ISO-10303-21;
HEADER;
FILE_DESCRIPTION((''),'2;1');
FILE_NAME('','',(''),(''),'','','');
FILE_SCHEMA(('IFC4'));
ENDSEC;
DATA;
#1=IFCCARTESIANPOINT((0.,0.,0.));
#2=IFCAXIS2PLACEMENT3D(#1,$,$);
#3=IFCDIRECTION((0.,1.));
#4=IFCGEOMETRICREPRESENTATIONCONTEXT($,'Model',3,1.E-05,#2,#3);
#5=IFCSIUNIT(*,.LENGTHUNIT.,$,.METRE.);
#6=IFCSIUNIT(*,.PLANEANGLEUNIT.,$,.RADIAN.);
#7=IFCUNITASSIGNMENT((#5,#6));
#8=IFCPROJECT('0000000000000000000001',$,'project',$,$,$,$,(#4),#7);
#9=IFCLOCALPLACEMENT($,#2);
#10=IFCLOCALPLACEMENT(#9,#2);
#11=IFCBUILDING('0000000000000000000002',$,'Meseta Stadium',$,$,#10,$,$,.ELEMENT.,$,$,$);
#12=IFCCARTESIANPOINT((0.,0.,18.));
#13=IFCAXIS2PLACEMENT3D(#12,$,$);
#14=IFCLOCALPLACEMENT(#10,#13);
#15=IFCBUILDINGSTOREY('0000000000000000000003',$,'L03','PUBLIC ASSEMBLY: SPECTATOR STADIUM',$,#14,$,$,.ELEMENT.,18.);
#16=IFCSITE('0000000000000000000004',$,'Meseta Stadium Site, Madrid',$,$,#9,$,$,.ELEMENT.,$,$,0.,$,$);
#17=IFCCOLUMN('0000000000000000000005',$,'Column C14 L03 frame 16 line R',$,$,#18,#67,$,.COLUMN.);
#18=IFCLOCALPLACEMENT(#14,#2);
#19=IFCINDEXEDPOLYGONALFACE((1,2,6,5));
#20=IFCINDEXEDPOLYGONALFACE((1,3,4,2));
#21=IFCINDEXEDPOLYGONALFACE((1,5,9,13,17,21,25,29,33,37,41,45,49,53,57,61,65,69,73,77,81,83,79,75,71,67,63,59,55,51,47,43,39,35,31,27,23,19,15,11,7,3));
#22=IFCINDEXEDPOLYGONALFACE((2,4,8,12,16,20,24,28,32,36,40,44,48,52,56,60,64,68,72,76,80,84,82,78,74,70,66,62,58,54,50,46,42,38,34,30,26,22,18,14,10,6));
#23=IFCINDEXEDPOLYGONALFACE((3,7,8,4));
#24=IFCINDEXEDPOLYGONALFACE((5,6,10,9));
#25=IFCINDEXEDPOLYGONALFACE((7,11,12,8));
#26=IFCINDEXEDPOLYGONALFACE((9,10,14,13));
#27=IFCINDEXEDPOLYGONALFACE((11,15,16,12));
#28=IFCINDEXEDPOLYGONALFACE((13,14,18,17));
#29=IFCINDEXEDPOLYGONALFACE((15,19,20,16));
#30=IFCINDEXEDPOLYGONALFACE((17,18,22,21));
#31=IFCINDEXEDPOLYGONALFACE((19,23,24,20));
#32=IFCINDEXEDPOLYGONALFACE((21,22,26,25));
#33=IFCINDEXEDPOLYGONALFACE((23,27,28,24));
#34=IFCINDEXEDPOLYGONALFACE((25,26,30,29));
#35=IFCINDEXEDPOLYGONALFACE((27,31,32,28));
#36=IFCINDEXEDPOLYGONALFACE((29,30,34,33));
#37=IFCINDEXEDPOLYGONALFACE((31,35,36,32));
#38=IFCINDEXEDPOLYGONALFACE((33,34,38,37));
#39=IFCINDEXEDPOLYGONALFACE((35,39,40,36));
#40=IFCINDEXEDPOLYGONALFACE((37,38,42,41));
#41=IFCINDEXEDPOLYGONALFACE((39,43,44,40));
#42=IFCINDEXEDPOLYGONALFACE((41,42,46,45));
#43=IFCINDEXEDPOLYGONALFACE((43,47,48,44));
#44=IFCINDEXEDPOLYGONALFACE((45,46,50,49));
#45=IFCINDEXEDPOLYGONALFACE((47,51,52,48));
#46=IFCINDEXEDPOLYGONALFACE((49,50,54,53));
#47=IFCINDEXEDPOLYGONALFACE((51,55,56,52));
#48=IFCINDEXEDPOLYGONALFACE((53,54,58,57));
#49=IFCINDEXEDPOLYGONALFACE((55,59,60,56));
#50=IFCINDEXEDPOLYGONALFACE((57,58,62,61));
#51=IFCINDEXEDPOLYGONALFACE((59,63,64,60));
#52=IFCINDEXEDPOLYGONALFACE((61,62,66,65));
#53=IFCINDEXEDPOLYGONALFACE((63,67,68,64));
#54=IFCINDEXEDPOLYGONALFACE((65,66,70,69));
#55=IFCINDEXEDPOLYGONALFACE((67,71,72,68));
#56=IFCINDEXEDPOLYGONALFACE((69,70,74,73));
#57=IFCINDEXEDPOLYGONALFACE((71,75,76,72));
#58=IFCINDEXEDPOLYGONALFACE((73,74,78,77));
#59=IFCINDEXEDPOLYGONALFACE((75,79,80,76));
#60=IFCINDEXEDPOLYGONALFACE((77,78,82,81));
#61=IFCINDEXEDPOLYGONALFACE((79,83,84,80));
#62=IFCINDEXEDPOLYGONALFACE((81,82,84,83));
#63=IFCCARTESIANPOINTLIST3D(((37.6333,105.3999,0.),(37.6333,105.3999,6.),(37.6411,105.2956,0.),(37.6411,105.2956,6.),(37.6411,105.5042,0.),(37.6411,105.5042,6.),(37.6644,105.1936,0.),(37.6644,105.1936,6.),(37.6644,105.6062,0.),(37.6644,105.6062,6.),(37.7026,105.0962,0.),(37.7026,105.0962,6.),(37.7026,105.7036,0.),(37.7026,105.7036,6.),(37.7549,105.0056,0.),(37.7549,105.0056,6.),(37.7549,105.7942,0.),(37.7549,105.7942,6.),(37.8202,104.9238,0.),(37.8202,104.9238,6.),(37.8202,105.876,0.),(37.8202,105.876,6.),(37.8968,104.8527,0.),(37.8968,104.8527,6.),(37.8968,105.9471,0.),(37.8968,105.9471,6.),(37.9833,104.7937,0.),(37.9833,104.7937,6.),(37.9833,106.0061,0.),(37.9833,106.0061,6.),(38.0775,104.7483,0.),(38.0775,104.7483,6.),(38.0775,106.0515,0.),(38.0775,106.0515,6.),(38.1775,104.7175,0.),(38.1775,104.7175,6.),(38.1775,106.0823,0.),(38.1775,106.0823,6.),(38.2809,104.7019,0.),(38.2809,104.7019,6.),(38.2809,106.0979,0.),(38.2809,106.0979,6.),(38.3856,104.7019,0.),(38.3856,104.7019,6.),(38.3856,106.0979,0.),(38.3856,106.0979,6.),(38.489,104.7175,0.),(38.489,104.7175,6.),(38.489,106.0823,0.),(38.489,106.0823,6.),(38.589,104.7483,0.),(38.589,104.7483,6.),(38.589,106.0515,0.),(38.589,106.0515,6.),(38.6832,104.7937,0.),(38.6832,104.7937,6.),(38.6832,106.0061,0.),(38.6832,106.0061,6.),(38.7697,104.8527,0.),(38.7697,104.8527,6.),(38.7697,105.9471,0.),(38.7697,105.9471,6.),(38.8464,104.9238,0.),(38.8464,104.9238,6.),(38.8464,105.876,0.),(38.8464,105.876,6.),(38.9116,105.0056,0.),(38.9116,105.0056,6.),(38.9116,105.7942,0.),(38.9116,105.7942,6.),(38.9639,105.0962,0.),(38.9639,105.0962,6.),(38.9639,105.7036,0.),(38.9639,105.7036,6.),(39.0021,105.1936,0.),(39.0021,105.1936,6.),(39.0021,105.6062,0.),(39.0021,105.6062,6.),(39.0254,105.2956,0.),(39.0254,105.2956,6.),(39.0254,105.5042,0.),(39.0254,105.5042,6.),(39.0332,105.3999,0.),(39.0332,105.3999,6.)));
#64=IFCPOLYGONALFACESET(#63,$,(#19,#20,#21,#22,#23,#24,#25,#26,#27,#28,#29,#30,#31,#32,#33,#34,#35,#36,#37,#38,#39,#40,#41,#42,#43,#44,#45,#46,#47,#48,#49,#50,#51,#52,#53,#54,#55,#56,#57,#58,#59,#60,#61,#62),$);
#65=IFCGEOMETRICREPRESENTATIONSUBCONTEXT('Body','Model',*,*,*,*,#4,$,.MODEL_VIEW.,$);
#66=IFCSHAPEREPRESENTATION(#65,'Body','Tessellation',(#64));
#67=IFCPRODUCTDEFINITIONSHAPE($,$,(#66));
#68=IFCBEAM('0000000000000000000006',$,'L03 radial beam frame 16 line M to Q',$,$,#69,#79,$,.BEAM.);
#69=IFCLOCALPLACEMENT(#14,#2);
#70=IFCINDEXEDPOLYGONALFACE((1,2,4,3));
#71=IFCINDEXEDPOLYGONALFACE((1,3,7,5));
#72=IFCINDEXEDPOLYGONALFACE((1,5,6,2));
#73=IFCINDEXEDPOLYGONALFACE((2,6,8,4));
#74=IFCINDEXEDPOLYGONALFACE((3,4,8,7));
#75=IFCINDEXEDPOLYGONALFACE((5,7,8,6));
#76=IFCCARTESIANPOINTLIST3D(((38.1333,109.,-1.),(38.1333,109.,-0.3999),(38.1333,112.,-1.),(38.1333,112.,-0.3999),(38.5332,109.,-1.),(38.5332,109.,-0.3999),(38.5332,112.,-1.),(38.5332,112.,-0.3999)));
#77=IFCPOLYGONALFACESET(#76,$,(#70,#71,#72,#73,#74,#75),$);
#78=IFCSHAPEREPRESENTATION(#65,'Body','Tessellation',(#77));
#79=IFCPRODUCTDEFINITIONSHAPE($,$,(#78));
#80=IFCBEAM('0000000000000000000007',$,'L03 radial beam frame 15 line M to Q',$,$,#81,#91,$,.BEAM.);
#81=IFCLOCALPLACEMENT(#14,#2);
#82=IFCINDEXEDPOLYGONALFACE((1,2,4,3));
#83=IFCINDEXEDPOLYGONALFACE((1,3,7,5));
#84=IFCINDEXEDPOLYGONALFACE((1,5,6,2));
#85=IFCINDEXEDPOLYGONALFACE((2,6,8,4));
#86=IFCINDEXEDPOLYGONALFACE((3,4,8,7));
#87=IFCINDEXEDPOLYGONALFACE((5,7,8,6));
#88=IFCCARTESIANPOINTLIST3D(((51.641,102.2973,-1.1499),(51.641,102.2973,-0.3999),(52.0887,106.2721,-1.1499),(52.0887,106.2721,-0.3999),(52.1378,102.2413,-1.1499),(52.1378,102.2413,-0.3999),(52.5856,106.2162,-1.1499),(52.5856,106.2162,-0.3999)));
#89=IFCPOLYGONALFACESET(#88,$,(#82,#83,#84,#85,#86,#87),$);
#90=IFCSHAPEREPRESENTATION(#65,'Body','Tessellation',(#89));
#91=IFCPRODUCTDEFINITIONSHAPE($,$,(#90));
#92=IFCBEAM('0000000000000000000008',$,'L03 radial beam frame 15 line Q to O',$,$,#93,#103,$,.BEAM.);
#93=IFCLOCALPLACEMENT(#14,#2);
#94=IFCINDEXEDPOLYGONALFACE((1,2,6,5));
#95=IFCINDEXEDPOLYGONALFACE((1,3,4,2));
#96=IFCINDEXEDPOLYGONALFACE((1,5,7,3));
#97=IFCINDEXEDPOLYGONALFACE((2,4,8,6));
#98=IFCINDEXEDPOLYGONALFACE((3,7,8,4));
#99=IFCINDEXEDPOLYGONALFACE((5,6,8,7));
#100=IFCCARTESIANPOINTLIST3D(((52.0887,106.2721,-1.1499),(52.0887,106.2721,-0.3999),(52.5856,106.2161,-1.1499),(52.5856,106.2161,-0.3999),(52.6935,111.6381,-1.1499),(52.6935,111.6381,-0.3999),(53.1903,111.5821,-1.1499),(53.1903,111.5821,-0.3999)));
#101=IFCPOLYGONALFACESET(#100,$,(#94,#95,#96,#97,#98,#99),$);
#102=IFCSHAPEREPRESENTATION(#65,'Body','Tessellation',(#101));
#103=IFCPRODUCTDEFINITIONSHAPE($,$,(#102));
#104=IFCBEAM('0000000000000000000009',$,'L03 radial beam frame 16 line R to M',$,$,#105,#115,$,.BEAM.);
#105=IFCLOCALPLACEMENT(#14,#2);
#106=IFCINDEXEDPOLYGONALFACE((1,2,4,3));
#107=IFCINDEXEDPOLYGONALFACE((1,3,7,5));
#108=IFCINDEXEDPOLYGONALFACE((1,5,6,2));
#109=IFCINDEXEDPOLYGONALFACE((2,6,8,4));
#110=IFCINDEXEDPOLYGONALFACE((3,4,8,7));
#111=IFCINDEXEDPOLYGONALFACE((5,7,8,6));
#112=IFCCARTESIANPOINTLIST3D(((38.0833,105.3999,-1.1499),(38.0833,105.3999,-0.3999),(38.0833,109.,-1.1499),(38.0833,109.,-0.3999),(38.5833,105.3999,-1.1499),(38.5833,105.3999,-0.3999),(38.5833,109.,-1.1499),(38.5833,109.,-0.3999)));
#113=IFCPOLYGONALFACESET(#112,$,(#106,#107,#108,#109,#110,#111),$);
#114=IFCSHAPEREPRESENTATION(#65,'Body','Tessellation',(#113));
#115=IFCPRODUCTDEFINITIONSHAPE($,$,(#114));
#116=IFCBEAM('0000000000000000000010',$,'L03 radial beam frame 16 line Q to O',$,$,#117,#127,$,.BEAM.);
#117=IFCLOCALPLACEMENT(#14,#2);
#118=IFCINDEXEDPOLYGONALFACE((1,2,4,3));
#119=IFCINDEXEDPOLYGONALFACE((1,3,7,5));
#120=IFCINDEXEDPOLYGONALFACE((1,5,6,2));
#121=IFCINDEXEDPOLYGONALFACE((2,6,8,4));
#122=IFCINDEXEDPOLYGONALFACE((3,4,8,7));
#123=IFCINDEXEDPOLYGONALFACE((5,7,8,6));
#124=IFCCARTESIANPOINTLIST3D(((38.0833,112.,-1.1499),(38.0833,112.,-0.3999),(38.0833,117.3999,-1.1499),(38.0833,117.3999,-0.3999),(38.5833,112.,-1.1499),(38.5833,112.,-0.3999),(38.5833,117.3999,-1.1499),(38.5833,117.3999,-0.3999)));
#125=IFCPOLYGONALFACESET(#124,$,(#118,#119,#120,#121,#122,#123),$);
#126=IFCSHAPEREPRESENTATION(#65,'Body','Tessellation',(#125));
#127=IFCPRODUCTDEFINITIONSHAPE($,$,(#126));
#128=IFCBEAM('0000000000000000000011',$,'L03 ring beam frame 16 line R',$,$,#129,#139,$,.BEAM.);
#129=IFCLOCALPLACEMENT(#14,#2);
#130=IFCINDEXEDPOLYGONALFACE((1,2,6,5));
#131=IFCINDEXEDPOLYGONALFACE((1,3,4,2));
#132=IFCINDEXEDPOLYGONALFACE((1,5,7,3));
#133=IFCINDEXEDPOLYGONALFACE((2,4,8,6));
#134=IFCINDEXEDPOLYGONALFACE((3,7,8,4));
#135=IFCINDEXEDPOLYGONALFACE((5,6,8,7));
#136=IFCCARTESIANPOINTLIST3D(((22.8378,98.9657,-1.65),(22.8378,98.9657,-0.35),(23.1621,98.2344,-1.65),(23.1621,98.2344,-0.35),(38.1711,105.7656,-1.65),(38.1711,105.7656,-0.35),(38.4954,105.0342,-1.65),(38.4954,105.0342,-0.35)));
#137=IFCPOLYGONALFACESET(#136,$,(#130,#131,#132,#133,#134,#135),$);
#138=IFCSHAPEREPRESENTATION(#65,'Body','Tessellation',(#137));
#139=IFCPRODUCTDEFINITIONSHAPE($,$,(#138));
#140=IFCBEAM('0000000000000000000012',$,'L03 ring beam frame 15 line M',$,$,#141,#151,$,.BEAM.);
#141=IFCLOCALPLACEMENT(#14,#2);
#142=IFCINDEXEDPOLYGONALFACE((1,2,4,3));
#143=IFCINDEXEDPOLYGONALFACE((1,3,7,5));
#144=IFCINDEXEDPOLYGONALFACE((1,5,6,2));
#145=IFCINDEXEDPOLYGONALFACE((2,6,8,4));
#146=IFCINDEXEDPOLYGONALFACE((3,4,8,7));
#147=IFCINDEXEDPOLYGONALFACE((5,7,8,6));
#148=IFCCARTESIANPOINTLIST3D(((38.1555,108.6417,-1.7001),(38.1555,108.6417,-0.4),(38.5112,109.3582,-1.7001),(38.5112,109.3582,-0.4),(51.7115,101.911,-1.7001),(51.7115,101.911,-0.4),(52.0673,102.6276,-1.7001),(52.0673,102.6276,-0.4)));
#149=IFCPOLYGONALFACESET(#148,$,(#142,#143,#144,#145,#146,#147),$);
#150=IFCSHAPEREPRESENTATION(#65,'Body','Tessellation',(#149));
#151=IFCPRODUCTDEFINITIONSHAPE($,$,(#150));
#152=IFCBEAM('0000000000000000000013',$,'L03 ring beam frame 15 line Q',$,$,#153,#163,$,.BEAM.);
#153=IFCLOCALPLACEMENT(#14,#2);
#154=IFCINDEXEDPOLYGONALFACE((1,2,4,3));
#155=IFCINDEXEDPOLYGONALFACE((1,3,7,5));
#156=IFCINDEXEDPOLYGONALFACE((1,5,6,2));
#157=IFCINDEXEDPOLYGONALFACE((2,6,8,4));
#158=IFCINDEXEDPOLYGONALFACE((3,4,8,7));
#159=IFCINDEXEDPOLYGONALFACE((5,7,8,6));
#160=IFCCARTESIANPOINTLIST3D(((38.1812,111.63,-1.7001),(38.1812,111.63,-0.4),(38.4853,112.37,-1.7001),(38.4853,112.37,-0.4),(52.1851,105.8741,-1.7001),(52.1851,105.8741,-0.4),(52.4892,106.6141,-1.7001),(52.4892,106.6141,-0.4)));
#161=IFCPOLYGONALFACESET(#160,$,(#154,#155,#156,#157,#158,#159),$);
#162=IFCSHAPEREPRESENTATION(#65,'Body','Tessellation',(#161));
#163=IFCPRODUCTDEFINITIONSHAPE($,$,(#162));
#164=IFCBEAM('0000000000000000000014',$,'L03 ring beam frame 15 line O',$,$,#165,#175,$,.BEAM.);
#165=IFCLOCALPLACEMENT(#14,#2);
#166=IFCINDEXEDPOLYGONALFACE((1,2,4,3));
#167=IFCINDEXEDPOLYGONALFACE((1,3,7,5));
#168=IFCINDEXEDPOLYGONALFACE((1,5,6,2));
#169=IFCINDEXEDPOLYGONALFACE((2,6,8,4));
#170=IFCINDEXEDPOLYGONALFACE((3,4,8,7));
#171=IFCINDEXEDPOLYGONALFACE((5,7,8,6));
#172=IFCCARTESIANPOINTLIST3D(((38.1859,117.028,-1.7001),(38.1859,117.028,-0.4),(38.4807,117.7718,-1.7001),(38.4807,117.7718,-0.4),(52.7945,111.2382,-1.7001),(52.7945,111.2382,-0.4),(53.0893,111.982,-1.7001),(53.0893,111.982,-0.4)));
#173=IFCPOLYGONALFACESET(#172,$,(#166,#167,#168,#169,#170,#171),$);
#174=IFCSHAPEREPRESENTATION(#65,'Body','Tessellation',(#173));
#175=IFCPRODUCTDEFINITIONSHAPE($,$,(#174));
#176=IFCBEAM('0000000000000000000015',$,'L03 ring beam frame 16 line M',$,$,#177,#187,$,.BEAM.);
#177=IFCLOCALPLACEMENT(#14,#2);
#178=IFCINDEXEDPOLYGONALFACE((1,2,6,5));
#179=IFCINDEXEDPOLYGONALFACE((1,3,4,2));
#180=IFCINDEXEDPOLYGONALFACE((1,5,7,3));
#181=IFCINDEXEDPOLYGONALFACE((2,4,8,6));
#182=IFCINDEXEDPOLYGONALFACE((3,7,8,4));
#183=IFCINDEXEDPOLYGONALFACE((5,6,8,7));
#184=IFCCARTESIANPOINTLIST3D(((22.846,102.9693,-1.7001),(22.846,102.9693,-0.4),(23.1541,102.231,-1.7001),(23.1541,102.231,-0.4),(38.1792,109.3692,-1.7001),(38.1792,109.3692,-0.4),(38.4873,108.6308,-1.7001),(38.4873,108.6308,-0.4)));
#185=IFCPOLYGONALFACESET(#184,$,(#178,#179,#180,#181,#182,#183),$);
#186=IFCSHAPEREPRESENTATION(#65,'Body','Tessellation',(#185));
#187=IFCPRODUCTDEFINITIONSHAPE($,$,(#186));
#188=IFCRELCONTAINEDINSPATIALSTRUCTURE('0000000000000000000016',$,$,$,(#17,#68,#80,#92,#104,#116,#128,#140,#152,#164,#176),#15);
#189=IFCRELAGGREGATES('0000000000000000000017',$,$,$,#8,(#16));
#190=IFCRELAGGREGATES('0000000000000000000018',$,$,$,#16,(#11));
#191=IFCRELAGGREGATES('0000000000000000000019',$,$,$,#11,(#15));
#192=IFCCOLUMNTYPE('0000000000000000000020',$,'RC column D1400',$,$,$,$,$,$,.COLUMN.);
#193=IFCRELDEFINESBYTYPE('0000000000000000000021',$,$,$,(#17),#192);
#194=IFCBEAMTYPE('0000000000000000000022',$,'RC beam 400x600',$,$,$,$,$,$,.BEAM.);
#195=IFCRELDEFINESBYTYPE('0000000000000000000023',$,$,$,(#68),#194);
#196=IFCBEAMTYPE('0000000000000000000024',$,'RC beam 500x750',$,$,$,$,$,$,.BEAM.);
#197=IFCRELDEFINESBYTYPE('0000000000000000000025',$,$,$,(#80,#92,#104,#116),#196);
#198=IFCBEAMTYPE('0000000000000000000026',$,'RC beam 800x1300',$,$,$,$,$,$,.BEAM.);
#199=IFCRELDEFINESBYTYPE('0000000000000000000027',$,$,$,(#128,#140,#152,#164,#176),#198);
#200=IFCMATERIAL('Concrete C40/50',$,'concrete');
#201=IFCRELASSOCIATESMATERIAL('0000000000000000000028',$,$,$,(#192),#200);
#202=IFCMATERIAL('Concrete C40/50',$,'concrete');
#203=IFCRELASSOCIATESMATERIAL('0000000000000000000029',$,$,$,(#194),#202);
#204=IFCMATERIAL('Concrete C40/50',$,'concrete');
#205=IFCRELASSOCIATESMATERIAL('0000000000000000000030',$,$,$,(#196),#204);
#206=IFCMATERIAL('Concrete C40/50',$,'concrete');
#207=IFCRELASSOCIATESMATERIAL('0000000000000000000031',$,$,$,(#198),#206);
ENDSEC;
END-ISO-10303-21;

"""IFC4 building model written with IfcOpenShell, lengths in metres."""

from ifc_helpers import new_model, si_unit, direction, frame, origin, origin_2d, place, context, subcontext, project, spatial, rectangle, circle, extrude, material, material_profile, profile_set, type_object, element, save


model = new_model("IFC4")

# Units and contexts
model_context = context("Model", 3, precision=1e-05, world=origin(), true_north=direction((0.0, 1.0)))
body_context = subcontext(model_context, "Body", "Model", "MODEL_VIEW")
ifc_project = project(units=[si_unit("LENGTHUNIT", "METRE"), si_unit("PLANEANGLEUNIT", "RADIAN")], contexts=[model_context])

# Site, building, storey
site_placement = place(None, origin())
site = spatial("IfcSite", under=ifc_project, at=site_placement, Name="Meseta Stadium Site, Madrid", CompositionType="ELEMENT", RefElevation=0.0)
building_placement = place(site_placement, origin())
building = spatial("IfcBuilding", under=site, at=building_placement, Name="Meseta Stadium", CompositionType="ELEMENT")
storey_placement = place(building_placement, frame((0.0, 0.0, 18.0)))
storey = spatial("IfcBuildingStorey", under=building, at=storey_placement, Name="L03", Description="PUBLIC ASSEMBLY: SPECTATOR STADIUM", CompositionType="ELEMENT", Elevation=18.0)

# Column
ifc_material_1 = material(Name="Concrete C40/50", Category="concrete")
ifc_material_profile_1 = material_profile(ifc_material_1, circle(Radius=0.7, at=origin_2d()), Name="RC D1400")
ifc_profile_set_1 = profile_set([ifc_material_profile_1], Name="Concrete C40/50")
column_type = type_object("IfcColumnType", Name="RC column D1400", PredefinedType="COLUMN", material=ifc_profile_set_1)
column_placement = place(storey_placement, frame((38.3333, 105.3999, 0.0), z_axis=(0.0, 0.0, 1.0), x_axis=(1.0, 0.0, 0.0)))
element("IfcColumn", 1, at=column_placement, inside=storey, type_object=column_type, Name="Column C14 L03 frame 16 line R", PredefinedType="COLUMN", context=body_context, shape_type="SweptSolid", body=[
    extrude(circle(Radius=0.7, at=origin_2d()), origin(), (0.0, 0.0, 1.0), 6.0),
])

# Beams
ifc_material_2 = material(Name="Concrete C40/50", Category="concrete")
ifc_material_profile_2 = material_profile(ifc_material_2, rectangle(XDim=0.3999, YDim=0.6001, at=origin_2d()), Name="RC 400x600")
ifc_profile_set_2 = profile_set([ifc_material_profile_2], Name="Concrete C40/50")
beam_type_1 = type_object("IfcBeamType", Name="RC beam 400x600", PredefinedType="BEAM", material=ifc_profile_set_2)
beam_1_placement = place(storey_placement, frame((38.3333, 109.0, -0.7), z_axis=(0.0, 1.0, 0.0), x_axis=(-1.0, 0.0, 0.0)))
element("IfcBeam", 2, at=beam_1_placement, inside=storey, type_object=beam_type_1, Name="L03 radial beam frame 16 line M to Q", PredefinedType="BEAM", context=body_context, shape_type="SweptSolid", body=[
    extrude(rectangle(XDim=0.3999, YDim=0.6001, at=origin_2d()), origin(), (0.0, 0.0, 1.0), 3.0),
])
ifc_material_3 = material(Name="Concrete C40/50", Category="concrete")
ifc_material_profile_3 = material_profile(ifc_material_3, rectangle(XDim=0.5, YDim=0.75, at=origin_2d()), Name="RC 500x750")
ifc_profile_set_3 = profile_set([ifc_material_profile_3], Name="Concrete C40/50")
beam_type_2 = type_object("IfcBeamType", Name="RC beam 500x750", PredefinedType="BEAM", material=ifc_profile_set_3)
beam_2_placement = place(storey_placement, frame((51.8894, 102.2693, -0.7749), z_axis=(0.111939, 0.993715, 0.0), x_axis=(-0.993715, 0.111939, 0.0)))
element("IfcBeam", 3, at=beam_2_placement, inside=storey, type_object=beam_type_2, Name="L03 radial beam frame 15 line M to Q", PredefinedType="BEAM", context=body_context, shape_type="SweptSolid", body=[
    extrude(rectangle(XDim=0.5, YDim=0.75, at=origin_2d()), origin(), (0.0, 0.0, 1.0), 4.0),
])
beam_3_placement = place(storey_placement, frame((52.3372, 106.2441, -0.7749), z_axis=(0.11199, 0.993709, 0.0), x_axis=(-0.993709, 0.11199, 0.0)))
element("IfcBeam", 4, at=beam_3_placement, inside=storey, type_object=beam_type_2, Name="L03 radial beam frame 15 line Q to O", PredefinedType="BEAM", context=body_context, shape_type="SweptSolid", body=[
    extrude(rectangle(XDim=0.5, YDim=0.75, at=origin_2d()), origin(), (0.0, 0.0, 1.0), 5.3999),
])
beam_4_placement = place(storey_placement, frame((38.3333, 105.3999, -0.7749), z_axis=(0.0, 1.0, 0.0), x_axis=(-1.0, 0.0, 0.0)))
element("IfcBeam", 5, at=beam_4_placement, inside=storey, type_object=beam_type_2, Name="L03 radial beam frame 16 line R to M", PredefinedType="BEAM", context=body_context, shape_type="SweptSolid", body=[
    extrude(rectangle(XDim=0.5, YDim=0.75, at=origin_2d()), origin(), (0.0, 0.0, 1.0), 3.6001),
])
beam_5_placement = place(storey_placement, frame((38.3333, 112.0, -0.7749), z_axis=(0.0, 1.0, 0.0), x_axis=(-1.0, 0.0, 0.0)))
element("IfcBeam", 6, at=beam_5_placement, inside=storey, type_object=beam_type_2, Name="L03 radial beam frame 16 line Q to O", PredefinedType="BEAM", context=body_context, shape_type="SweptSolid", body=[
    extrude(rectangle(XDim=0.5, YDim=0.75, at=origin_2d()), origin(), (0.0, 0.0, 1.0), 5.3999),
])
ifc_material_4 = material(Name="Concrete C40/50", Category="concrete")
ifc_material_profile_4 = material_profile(ifc_material_4, rectangle(XDim=0.8, YDim=1.3, at=origin_2d()), Name="RC 800x1300")
ifc_profile_set_4 = profile_set([ifc_material_profile_4], Name="Concrete C40/50")
beam_type_3 = type_object("IfcBeamType", Name="RC beam 800x1300", PredefinedType="BEAM", material=ifc_profile_set_4)
beam_6_placement = place(storey_placement, frame((38.3333, 105.3999, -1.0), z_axis=(-0.914143, -0.405393, 0.0), x_axis=(0.405393, -0.914143, 0.0)))
element("IfcBeam", 7, at=beam_6_placement, inside=storey, type_object=beam_type_3, Name="L03 ring beam frame 16 line R", PredefinedType="BEAM", context=body_context, shape_type="SweptSolid", body=[
    extrude(rectangle(XDim=0.8, YDim=1.3, at=origin_2d()), origin(), (0.0, 0.0, 1.0), 16.7734),
])
beam_7_placement = place(storey_placement, frame((51.8894, 102.2693, -1.05), z_axis=(-0.895675, 0.444708, 0.0), x_axis=(-0.444708, -0.895675, 0.0)))
element("IfcBeam", 8, at=beam_7_placement, inside=storey, type_object=beam_type_3, Name="L03 ring beam frame 15 line M", PredefinedType="BEAM", context=body_context, shape_type="SweptSolid", body=[
    extrude(rectangle(XDim=0.8, YDim=1.3, at=origin_2d()), origin(), (0.0, 0.0, 1.0), 15.135),
])
beam_8_placement = place(storey_placement, frame((52.3372, 106.2441, -1.05), z_axis=(-0.924921, 0.380159, 0.0), x_axis=(-0.380159, -0.924921, 0.0)))
element("IfcBeam", 9, at=beam_8_placement, inside=storey, type_object=beam_type_3, Name="L03 ring beam frame 15 line Q", PredefinedType="BEAM", context=body_context, shape_type="SweptSolid", body=[
    extrude(rectangle(XDim=0.8, YDim=1.3, at=origin_2d()), origin(), (0.0, 0.0, 1.0), 15.1406),
])
beam_9_placement = place(storey_placement, frame((52.9419, 111.6101, -1.05), z_axis=(-0.92965, 0.368445, 0.0), x_axis=(-0.368445, -0.92965, 0.0)))
element("IfcBeam", 10, at=beam_9_placement, inside=storey, type_object=beam_type_3, Name="L03 ring beam frame 15 line O", PredefinedType="BEAM", context=body_context, shape_type="SweptSolid", body=[
    extrude(rectangle(XDim=0.8, YDim=1.3, at=origin_2d()), origin(), (0.0, 0.0, 1.0), 15.7141),
])
beam_10_placement = place(storey_placement, frame((38.3333, 109.0, -1.05), z_axis=(-0.922841, -0.385182, 0.0), x_axis=(0.385182, -0.922841, 0.0)))
element("IfcBeam", 11, at=beam_10_placement, inside=storey, type_object=beam_type_3, Name="L03 ring beam frame 16 line M", PredefinedType="BEAM", context=body_context, shape_type="SweptSolid", body=[
    extrude(rectangle(XDim=0.8, YDim=1.3, at=origin_2d()), origin(), (0.0, 0.0, 1.0), 16.6152),
])

save(model, "model.ifc")
